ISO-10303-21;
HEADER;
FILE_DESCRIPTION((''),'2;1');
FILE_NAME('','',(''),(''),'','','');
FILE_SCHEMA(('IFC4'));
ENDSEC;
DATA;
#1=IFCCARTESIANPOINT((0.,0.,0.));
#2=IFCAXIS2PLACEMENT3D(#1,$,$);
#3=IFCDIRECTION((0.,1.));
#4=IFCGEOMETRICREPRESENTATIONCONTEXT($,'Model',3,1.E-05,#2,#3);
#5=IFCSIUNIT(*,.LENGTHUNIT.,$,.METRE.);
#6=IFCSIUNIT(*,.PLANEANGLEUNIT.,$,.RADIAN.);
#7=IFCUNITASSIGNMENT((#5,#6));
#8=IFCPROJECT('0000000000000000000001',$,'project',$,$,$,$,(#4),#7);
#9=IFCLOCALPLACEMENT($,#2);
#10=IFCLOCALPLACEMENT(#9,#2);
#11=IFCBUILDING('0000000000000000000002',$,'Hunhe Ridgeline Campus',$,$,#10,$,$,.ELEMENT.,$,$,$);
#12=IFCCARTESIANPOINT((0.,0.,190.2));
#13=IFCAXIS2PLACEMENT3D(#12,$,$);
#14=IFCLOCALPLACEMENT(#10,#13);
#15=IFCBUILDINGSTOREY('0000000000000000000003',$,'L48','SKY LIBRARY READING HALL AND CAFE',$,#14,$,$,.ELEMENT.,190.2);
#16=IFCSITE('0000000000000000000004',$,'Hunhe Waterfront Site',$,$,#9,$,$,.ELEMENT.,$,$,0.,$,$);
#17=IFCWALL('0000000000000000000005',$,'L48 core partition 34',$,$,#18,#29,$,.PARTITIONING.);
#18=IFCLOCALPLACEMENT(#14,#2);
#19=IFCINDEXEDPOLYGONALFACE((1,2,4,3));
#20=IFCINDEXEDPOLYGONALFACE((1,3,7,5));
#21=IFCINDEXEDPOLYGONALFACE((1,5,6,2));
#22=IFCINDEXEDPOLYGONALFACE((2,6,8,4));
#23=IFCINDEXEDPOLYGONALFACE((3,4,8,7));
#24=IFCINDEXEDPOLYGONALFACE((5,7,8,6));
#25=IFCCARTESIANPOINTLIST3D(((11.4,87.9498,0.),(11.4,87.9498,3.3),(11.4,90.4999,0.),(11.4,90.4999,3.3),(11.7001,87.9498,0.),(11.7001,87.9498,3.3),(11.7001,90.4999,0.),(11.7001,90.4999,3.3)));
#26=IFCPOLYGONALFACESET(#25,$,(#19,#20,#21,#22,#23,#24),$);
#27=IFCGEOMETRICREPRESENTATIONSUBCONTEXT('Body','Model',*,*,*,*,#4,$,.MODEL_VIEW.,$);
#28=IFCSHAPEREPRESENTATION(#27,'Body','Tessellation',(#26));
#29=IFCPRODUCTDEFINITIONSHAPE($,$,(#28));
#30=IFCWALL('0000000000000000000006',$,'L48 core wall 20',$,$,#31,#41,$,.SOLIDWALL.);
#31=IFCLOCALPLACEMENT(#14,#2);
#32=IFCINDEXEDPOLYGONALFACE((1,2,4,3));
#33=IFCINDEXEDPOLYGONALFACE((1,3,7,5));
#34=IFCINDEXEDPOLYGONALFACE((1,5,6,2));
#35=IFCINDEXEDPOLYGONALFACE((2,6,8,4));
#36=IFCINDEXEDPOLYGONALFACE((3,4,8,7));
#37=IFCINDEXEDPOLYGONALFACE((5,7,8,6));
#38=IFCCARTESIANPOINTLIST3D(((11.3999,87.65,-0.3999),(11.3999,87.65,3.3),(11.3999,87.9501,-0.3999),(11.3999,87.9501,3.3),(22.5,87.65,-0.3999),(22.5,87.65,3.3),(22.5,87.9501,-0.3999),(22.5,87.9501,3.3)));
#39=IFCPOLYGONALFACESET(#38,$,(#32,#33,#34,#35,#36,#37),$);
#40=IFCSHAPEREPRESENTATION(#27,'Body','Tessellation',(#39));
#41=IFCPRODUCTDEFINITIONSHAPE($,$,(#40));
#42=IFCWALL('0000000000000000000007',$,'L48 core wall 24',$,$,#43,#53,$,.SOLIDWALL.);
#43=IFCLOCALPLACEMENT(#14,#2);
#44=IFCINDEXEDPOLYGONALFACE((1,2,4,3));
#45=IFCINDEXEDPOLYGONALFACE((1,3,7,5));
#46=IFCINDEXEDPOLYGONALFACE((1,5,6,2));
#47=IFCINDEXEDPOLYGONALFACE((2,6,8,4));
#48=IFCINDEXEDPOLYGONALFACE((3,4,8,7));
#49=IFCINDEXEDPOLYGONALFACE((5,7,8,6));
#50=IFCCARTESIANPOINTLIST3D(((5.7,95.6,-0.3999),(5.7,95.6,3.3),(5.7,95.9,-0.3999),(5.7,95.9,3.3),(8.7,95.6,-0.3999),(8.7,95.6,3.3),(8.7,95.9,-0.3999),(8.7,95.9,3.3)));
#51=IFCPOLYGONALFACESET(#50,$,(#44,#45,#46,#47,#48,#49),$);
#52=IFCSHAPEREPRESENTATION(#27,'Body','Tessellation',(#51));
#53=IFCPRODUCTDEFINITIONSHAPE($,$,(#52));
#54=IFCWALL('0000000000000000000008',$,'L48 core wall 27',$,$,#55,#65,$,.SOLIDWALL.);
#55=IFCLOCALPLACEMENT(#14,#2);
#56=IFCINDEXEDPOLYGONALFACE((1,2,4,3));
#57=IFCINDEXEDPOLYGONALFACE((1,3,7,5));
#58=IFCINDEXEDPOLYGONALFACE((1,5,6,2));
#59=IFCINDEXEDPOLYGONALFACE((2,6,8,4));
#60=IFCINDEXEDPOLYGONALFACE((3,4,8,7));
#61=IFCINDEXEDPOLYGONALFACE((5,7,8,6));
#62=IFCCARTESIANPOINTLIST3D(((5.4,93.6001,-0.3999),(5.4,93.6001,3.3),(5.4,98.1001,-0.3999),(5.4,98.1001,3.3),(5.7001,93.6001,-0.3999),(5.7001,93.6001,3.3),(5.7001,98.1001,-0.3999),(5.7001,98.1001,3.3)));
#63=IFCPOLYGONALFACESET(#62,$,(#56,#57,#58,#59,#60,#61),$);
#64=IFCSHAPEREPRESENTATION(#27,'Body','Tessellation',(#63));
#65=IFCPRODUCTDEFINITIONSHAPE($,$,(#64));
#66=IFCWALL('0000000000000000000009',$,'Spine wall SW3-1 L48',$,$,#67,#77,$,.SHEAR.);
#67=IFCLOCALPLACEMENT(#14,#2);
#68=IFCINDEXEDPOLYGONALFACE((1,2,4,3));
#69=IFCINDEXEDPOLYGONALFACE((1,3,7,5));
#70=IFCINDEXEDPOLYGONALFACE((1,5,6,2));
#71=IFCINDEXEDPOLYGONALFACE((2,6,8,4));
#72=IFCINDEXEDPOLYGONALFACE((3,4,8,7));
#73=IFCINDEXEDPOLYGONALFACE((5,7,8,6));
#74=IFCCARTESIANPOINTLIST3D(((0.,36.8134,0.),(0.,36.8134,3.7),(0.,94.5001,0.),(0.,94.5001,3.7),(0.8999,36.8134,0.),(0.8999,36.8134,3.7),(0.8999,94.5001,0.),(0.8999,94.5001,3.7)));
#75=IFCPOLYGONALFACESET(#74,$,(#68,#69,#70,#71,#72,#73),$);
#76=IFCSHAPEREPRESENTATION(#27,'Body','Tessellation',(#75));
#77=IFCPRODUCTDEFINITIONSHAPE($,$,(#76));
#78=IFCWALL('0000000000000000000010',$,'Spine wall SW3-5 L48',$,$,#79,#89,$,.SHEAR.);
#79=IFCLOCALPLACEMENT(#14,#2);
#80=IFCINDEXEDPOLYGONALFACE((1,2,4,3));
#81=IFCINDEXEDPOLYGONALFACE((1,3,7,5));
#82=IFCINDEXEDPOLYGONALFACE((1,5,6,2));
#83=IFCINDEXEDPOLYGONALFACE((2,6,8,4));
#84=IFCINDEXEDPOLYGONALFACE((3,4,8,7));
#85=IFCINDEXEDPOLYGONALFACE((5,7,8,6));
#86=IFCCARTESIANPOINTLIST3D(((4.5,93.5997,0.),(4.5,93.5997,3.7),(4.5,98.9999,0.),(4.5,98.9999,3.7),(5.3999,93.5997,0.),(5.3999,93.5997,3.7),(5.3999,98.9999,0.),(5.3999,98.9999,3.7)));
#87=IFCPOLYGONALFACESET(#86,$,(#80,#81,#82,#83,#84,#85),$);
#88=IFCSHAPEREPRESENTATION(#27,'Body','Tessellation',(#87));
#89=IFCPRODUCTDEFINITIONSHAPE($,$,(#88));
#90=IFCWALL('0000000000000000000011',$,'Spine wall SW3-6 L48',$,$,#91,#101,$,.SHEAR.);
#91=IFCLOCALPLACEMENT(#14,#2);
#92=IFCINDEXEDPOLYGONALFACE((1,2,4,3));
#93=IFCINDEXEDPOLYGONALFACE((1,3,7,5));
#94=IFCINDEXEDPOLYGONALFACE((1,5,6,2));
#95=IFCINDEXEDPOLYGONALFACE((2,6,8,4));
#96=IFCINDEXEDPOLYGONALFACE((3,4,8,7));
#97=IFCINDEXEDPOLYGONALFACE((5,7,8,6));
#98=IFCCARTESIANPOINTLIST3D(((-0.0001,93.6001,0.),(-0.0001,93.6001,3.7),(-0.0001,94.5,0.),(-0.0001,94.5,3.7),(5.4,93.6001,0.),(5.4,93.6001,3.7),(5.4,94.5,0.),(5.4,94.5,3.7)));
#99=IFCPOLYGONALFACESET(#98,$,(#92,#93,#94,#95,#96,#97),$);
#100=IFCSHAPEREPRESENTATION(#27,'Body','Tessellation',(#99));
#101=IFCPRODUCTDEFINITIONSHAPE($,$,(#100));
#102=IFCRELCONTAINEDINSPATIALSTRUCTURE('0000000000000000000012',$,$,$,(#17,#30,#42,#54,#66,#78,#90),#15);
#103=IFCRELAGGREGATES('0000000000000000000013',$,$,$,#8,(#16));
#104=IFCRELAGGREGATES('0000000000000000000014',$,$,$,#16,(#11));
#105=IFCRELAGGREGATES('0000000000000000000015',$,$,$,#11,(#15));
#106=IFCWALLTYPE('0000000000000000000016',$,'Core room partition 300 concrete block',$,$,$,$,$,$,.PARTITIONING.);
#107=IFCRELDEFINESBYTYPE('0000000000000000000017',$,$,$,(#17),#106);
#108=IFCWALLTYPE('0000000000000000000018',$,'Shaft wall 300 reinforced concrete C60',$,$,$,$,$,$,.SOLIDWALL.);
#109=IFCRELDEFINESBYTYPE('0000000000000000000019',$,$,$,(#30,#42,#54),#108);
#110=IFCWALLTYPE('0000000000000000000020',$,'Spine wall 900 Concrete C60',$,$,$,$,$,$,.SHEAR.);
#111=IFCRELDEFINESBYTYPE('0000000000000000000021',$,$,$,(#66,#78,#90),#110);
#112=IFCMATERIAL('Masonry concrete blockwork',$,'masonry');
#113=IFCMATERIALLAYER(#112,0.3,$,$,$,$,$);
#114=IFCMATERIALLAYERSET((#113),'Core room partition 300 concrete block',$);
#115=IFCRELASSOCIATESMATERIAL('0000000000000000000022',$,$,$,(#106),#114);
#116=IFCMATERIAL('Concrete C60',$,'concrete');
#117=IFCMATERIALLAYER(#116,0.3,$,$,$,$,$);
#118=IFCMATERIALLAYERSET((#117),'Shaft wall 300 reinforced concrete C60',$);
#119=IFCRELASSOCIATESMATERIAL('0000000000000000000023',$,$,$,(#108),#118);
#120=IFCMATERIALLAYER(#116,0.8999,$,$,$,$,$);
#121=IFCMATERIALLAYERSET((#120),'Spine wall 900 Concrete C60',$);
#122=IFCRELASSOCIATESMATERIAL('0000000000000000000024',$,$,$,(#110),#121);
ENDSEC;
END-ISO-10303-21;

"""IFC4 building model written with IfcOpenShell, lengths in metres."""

from ifc_helpers import new_model, si_unit, direction, frame, frame_2d, origin, place, context, subcontext, project, spatial, rectangle, extrude, material, layer, layer_set, type_object, element, save


model = new_model("IFC4")

# Units and contexts
model_context = context("Model", 3, precision=1e-05, world=origin(), true_north=direction((0.0, 1.0)))
body_context = subcontext(model_context, "Body", "Model", "MODEL_VIEW")
ifc_project = project(units=[si_unit("LENGTHUNIT", "METRE"), si_unit("PLANEANGLEUNIT", "RADIAN")], contexts=[model_context])

# Site, building, storey
site_placement = place(None, origin())
site = spatial("IfcSite", under=ifc_project, at=site_placement, Name="Hunhe Waterfront Site", CompositionType="ELEMENT", RefElevation=0.0)
building_placement = place(site_placement, origin())
building = spatial("IfcBuilding", under=site, at=building_placement, Name="Hunhe Ridgeline Campus", CompositionType="ELEMENT")
storey_placement = place(building_placement, frame((0.0, 0.0, 190.2)))
storey = spatial("IfcBuildingStorey", under=building, at=storey_placement, Name="L48", Description="SKY LIBRARY READING HALL AND CAFE", CompositionType="ELEMENT", Elevation=190.2)

# Wall
ifc_material_1 = material(Name="Masonry concrete blockwork", Category="masonry")
ifc_layer_1 = layer(ifc_material_1, 0.3)
ifc_layer_set_1 = layer_set([ifc_layer_1], Name="Core room partition 300 concrete block")
wall_type_1 = type_object("IfcWallType", Name="Core room partition 300 concrete block", PredefinedType="PARTITIONING", material=ifc_layer_set_1)
wall_1_placement = place(storey_placement, frame((11.55, 87.95, 0.0), z_axis=(0.0, 0.0, 1.0), x_axis=(0.0, 1.0, 0.0)))
element("IfcWall", 1, at=wall_1_placement, inside=storey, type_object=wall_type_1, Name="L48 core partition 34", PredefinedType="PARTITIONING", context=body_context, shape_type="SweptSolid", body=[
    extrude(rectangle(XDim=2.55, YDim=0.3, at=frame_2d((1.2749, 0.0))), origin(), (0.0, 0.0, 1.0), 3.3),
])

# Shared definitions
ifc_material_2 = material(Name="Concrete C60", Category="concrete")

# Wall
ifc_layer_2 = layer(ifc_material_2, 0.3)
ifc_layer_set_2 = layer_set([ifc_layer_2], Name="Shaft wall 300 reinforced concrete C60")
wall_type_2 = type_object("IfcWallType", Name="Shaft wall 300 reinforced concrete C60", PredefinedType="SOLIDWALL", material=ifc_layer_set_2)
wall_2_placement = place(storey_placement, frame((11.3999, 87.8, -0.3999), z_axis=(0.0, 0.0, 1.0), x_axis=(1.0, 0.0, 0.0)))
element("IfcWall", 2, at=wall_2_placement, inside=storey, type_object=wall_type_2, Name="L48 core wall 20", PredefinedType="SOLIDWALL", context=body_context, shape_type="SweptSolid", body=[
    extrude(rectangle(XDim=11.1001, YDim=0.3, at=frame_2d((5.55, 0.0))), origin(), (0.0, 0.0, 1.0), 3.7),
])

# Walls
wall_3_placement = place(storey_placement, frame((5.7, 95.75, -0.3999), z_axis=(0.0, 0.0, 1.0), x_axis=(1.0, 0.0, 0.0)))
element("IfcWall", 3, at=wall_3_placement, inside=storey, type_object=wall_type_2, Name="L48 core wall 24", PredefinedType="SOLIDWALL", context=body_context, shape_type="SweptSolid", body=[
    extrude(rectangle(XDim=3.0, YDim=0.3, at=frame_2d((1.5, 0.0))), origin(), (0.0, 0.0, 1.0), 3.7),
])
wall_4_placement = place(storey_placement, frame((5.55, 93.6001, -0.3999), z_axis=(0.0, 0.0, 1.0), x_axis=(0.0, 1.0, 0.0)))
element("IfcWall", 4, at=wall_4_placement, inside=storey, type_object=wall_type_2, Name="L48 core wall 27", PredefinedType="SOLIDWALL", context=body_context, shape_type="SweptSolid", body=[
    extrude(rectangle(XDim=4.5, YDim=0.3, at=frame_2d((2.25, 0.0))), origin(), (0.0, 0.0, 1.0), 3.7),
])

# Walls
ifc_layer_3 = layer(ifc_material_2, 0.8999)
ifc_layer_set_3 = layer_set([ifc_layer_3], Name="Spine wall 900 Concrete C60")
wall_type_3 = type_object("IfcWallType", Name="Spine wall 900 Concrete C60", PredefinedType="SHEAR", material=ifc_layer_set_3)
wall_5_placement = place(storey_placement, frame((0.45, 94.5, 0.0), z_axis=(0.0, 0.0, 1.0), x_axis=(0.0, -1.0, 0.0)))
element("IfcWall", 5, at=wall_5_placement, inside=storey, type_object=wall_type_3, Name="Spine wall SW3-1 L48", PredefinedType="SHEAR", context=body_context, shape_type="SweptSolid", body=[
    extrude(rectangle(XDim=57.6868, YDim=0.8999, at=frame_2d((28.8433, 0.0))), origin(), (0.0, 0.0, 1.0), 3.7),
])
for number, where, z_axis, x_axis, name in (
    (6, (4.95, 99.0, 0.0), (0.0, 0.0, 1.0), (0.0, -1.0, 0.0), "Spine wall SW3-5 L48"),
    (7, (5.4001, 94.05, 0.0), (0.0, 0.0, 1.0), (-1.0, 0.0, 0.0), "Spine wall SW3-6 L48"),
):
    element("IfcWall", number, at=place(storey_placement, frame(where, z_axis=z_axis, x_axis=x_axis)), inside=storey, type_object=wall_type_3, Name=name, PredefinedType="SHEAR", context=body_context, shape_type="SweptSolid", body=[
        extrude(rectangle(XDim=5.4001, YDim=0.8999, at=frame_2d((2.7002, 0.0))), origin(), (0.0, 0.0, 1.0), 3.7),
    ])

save(model, "model.ifc")
